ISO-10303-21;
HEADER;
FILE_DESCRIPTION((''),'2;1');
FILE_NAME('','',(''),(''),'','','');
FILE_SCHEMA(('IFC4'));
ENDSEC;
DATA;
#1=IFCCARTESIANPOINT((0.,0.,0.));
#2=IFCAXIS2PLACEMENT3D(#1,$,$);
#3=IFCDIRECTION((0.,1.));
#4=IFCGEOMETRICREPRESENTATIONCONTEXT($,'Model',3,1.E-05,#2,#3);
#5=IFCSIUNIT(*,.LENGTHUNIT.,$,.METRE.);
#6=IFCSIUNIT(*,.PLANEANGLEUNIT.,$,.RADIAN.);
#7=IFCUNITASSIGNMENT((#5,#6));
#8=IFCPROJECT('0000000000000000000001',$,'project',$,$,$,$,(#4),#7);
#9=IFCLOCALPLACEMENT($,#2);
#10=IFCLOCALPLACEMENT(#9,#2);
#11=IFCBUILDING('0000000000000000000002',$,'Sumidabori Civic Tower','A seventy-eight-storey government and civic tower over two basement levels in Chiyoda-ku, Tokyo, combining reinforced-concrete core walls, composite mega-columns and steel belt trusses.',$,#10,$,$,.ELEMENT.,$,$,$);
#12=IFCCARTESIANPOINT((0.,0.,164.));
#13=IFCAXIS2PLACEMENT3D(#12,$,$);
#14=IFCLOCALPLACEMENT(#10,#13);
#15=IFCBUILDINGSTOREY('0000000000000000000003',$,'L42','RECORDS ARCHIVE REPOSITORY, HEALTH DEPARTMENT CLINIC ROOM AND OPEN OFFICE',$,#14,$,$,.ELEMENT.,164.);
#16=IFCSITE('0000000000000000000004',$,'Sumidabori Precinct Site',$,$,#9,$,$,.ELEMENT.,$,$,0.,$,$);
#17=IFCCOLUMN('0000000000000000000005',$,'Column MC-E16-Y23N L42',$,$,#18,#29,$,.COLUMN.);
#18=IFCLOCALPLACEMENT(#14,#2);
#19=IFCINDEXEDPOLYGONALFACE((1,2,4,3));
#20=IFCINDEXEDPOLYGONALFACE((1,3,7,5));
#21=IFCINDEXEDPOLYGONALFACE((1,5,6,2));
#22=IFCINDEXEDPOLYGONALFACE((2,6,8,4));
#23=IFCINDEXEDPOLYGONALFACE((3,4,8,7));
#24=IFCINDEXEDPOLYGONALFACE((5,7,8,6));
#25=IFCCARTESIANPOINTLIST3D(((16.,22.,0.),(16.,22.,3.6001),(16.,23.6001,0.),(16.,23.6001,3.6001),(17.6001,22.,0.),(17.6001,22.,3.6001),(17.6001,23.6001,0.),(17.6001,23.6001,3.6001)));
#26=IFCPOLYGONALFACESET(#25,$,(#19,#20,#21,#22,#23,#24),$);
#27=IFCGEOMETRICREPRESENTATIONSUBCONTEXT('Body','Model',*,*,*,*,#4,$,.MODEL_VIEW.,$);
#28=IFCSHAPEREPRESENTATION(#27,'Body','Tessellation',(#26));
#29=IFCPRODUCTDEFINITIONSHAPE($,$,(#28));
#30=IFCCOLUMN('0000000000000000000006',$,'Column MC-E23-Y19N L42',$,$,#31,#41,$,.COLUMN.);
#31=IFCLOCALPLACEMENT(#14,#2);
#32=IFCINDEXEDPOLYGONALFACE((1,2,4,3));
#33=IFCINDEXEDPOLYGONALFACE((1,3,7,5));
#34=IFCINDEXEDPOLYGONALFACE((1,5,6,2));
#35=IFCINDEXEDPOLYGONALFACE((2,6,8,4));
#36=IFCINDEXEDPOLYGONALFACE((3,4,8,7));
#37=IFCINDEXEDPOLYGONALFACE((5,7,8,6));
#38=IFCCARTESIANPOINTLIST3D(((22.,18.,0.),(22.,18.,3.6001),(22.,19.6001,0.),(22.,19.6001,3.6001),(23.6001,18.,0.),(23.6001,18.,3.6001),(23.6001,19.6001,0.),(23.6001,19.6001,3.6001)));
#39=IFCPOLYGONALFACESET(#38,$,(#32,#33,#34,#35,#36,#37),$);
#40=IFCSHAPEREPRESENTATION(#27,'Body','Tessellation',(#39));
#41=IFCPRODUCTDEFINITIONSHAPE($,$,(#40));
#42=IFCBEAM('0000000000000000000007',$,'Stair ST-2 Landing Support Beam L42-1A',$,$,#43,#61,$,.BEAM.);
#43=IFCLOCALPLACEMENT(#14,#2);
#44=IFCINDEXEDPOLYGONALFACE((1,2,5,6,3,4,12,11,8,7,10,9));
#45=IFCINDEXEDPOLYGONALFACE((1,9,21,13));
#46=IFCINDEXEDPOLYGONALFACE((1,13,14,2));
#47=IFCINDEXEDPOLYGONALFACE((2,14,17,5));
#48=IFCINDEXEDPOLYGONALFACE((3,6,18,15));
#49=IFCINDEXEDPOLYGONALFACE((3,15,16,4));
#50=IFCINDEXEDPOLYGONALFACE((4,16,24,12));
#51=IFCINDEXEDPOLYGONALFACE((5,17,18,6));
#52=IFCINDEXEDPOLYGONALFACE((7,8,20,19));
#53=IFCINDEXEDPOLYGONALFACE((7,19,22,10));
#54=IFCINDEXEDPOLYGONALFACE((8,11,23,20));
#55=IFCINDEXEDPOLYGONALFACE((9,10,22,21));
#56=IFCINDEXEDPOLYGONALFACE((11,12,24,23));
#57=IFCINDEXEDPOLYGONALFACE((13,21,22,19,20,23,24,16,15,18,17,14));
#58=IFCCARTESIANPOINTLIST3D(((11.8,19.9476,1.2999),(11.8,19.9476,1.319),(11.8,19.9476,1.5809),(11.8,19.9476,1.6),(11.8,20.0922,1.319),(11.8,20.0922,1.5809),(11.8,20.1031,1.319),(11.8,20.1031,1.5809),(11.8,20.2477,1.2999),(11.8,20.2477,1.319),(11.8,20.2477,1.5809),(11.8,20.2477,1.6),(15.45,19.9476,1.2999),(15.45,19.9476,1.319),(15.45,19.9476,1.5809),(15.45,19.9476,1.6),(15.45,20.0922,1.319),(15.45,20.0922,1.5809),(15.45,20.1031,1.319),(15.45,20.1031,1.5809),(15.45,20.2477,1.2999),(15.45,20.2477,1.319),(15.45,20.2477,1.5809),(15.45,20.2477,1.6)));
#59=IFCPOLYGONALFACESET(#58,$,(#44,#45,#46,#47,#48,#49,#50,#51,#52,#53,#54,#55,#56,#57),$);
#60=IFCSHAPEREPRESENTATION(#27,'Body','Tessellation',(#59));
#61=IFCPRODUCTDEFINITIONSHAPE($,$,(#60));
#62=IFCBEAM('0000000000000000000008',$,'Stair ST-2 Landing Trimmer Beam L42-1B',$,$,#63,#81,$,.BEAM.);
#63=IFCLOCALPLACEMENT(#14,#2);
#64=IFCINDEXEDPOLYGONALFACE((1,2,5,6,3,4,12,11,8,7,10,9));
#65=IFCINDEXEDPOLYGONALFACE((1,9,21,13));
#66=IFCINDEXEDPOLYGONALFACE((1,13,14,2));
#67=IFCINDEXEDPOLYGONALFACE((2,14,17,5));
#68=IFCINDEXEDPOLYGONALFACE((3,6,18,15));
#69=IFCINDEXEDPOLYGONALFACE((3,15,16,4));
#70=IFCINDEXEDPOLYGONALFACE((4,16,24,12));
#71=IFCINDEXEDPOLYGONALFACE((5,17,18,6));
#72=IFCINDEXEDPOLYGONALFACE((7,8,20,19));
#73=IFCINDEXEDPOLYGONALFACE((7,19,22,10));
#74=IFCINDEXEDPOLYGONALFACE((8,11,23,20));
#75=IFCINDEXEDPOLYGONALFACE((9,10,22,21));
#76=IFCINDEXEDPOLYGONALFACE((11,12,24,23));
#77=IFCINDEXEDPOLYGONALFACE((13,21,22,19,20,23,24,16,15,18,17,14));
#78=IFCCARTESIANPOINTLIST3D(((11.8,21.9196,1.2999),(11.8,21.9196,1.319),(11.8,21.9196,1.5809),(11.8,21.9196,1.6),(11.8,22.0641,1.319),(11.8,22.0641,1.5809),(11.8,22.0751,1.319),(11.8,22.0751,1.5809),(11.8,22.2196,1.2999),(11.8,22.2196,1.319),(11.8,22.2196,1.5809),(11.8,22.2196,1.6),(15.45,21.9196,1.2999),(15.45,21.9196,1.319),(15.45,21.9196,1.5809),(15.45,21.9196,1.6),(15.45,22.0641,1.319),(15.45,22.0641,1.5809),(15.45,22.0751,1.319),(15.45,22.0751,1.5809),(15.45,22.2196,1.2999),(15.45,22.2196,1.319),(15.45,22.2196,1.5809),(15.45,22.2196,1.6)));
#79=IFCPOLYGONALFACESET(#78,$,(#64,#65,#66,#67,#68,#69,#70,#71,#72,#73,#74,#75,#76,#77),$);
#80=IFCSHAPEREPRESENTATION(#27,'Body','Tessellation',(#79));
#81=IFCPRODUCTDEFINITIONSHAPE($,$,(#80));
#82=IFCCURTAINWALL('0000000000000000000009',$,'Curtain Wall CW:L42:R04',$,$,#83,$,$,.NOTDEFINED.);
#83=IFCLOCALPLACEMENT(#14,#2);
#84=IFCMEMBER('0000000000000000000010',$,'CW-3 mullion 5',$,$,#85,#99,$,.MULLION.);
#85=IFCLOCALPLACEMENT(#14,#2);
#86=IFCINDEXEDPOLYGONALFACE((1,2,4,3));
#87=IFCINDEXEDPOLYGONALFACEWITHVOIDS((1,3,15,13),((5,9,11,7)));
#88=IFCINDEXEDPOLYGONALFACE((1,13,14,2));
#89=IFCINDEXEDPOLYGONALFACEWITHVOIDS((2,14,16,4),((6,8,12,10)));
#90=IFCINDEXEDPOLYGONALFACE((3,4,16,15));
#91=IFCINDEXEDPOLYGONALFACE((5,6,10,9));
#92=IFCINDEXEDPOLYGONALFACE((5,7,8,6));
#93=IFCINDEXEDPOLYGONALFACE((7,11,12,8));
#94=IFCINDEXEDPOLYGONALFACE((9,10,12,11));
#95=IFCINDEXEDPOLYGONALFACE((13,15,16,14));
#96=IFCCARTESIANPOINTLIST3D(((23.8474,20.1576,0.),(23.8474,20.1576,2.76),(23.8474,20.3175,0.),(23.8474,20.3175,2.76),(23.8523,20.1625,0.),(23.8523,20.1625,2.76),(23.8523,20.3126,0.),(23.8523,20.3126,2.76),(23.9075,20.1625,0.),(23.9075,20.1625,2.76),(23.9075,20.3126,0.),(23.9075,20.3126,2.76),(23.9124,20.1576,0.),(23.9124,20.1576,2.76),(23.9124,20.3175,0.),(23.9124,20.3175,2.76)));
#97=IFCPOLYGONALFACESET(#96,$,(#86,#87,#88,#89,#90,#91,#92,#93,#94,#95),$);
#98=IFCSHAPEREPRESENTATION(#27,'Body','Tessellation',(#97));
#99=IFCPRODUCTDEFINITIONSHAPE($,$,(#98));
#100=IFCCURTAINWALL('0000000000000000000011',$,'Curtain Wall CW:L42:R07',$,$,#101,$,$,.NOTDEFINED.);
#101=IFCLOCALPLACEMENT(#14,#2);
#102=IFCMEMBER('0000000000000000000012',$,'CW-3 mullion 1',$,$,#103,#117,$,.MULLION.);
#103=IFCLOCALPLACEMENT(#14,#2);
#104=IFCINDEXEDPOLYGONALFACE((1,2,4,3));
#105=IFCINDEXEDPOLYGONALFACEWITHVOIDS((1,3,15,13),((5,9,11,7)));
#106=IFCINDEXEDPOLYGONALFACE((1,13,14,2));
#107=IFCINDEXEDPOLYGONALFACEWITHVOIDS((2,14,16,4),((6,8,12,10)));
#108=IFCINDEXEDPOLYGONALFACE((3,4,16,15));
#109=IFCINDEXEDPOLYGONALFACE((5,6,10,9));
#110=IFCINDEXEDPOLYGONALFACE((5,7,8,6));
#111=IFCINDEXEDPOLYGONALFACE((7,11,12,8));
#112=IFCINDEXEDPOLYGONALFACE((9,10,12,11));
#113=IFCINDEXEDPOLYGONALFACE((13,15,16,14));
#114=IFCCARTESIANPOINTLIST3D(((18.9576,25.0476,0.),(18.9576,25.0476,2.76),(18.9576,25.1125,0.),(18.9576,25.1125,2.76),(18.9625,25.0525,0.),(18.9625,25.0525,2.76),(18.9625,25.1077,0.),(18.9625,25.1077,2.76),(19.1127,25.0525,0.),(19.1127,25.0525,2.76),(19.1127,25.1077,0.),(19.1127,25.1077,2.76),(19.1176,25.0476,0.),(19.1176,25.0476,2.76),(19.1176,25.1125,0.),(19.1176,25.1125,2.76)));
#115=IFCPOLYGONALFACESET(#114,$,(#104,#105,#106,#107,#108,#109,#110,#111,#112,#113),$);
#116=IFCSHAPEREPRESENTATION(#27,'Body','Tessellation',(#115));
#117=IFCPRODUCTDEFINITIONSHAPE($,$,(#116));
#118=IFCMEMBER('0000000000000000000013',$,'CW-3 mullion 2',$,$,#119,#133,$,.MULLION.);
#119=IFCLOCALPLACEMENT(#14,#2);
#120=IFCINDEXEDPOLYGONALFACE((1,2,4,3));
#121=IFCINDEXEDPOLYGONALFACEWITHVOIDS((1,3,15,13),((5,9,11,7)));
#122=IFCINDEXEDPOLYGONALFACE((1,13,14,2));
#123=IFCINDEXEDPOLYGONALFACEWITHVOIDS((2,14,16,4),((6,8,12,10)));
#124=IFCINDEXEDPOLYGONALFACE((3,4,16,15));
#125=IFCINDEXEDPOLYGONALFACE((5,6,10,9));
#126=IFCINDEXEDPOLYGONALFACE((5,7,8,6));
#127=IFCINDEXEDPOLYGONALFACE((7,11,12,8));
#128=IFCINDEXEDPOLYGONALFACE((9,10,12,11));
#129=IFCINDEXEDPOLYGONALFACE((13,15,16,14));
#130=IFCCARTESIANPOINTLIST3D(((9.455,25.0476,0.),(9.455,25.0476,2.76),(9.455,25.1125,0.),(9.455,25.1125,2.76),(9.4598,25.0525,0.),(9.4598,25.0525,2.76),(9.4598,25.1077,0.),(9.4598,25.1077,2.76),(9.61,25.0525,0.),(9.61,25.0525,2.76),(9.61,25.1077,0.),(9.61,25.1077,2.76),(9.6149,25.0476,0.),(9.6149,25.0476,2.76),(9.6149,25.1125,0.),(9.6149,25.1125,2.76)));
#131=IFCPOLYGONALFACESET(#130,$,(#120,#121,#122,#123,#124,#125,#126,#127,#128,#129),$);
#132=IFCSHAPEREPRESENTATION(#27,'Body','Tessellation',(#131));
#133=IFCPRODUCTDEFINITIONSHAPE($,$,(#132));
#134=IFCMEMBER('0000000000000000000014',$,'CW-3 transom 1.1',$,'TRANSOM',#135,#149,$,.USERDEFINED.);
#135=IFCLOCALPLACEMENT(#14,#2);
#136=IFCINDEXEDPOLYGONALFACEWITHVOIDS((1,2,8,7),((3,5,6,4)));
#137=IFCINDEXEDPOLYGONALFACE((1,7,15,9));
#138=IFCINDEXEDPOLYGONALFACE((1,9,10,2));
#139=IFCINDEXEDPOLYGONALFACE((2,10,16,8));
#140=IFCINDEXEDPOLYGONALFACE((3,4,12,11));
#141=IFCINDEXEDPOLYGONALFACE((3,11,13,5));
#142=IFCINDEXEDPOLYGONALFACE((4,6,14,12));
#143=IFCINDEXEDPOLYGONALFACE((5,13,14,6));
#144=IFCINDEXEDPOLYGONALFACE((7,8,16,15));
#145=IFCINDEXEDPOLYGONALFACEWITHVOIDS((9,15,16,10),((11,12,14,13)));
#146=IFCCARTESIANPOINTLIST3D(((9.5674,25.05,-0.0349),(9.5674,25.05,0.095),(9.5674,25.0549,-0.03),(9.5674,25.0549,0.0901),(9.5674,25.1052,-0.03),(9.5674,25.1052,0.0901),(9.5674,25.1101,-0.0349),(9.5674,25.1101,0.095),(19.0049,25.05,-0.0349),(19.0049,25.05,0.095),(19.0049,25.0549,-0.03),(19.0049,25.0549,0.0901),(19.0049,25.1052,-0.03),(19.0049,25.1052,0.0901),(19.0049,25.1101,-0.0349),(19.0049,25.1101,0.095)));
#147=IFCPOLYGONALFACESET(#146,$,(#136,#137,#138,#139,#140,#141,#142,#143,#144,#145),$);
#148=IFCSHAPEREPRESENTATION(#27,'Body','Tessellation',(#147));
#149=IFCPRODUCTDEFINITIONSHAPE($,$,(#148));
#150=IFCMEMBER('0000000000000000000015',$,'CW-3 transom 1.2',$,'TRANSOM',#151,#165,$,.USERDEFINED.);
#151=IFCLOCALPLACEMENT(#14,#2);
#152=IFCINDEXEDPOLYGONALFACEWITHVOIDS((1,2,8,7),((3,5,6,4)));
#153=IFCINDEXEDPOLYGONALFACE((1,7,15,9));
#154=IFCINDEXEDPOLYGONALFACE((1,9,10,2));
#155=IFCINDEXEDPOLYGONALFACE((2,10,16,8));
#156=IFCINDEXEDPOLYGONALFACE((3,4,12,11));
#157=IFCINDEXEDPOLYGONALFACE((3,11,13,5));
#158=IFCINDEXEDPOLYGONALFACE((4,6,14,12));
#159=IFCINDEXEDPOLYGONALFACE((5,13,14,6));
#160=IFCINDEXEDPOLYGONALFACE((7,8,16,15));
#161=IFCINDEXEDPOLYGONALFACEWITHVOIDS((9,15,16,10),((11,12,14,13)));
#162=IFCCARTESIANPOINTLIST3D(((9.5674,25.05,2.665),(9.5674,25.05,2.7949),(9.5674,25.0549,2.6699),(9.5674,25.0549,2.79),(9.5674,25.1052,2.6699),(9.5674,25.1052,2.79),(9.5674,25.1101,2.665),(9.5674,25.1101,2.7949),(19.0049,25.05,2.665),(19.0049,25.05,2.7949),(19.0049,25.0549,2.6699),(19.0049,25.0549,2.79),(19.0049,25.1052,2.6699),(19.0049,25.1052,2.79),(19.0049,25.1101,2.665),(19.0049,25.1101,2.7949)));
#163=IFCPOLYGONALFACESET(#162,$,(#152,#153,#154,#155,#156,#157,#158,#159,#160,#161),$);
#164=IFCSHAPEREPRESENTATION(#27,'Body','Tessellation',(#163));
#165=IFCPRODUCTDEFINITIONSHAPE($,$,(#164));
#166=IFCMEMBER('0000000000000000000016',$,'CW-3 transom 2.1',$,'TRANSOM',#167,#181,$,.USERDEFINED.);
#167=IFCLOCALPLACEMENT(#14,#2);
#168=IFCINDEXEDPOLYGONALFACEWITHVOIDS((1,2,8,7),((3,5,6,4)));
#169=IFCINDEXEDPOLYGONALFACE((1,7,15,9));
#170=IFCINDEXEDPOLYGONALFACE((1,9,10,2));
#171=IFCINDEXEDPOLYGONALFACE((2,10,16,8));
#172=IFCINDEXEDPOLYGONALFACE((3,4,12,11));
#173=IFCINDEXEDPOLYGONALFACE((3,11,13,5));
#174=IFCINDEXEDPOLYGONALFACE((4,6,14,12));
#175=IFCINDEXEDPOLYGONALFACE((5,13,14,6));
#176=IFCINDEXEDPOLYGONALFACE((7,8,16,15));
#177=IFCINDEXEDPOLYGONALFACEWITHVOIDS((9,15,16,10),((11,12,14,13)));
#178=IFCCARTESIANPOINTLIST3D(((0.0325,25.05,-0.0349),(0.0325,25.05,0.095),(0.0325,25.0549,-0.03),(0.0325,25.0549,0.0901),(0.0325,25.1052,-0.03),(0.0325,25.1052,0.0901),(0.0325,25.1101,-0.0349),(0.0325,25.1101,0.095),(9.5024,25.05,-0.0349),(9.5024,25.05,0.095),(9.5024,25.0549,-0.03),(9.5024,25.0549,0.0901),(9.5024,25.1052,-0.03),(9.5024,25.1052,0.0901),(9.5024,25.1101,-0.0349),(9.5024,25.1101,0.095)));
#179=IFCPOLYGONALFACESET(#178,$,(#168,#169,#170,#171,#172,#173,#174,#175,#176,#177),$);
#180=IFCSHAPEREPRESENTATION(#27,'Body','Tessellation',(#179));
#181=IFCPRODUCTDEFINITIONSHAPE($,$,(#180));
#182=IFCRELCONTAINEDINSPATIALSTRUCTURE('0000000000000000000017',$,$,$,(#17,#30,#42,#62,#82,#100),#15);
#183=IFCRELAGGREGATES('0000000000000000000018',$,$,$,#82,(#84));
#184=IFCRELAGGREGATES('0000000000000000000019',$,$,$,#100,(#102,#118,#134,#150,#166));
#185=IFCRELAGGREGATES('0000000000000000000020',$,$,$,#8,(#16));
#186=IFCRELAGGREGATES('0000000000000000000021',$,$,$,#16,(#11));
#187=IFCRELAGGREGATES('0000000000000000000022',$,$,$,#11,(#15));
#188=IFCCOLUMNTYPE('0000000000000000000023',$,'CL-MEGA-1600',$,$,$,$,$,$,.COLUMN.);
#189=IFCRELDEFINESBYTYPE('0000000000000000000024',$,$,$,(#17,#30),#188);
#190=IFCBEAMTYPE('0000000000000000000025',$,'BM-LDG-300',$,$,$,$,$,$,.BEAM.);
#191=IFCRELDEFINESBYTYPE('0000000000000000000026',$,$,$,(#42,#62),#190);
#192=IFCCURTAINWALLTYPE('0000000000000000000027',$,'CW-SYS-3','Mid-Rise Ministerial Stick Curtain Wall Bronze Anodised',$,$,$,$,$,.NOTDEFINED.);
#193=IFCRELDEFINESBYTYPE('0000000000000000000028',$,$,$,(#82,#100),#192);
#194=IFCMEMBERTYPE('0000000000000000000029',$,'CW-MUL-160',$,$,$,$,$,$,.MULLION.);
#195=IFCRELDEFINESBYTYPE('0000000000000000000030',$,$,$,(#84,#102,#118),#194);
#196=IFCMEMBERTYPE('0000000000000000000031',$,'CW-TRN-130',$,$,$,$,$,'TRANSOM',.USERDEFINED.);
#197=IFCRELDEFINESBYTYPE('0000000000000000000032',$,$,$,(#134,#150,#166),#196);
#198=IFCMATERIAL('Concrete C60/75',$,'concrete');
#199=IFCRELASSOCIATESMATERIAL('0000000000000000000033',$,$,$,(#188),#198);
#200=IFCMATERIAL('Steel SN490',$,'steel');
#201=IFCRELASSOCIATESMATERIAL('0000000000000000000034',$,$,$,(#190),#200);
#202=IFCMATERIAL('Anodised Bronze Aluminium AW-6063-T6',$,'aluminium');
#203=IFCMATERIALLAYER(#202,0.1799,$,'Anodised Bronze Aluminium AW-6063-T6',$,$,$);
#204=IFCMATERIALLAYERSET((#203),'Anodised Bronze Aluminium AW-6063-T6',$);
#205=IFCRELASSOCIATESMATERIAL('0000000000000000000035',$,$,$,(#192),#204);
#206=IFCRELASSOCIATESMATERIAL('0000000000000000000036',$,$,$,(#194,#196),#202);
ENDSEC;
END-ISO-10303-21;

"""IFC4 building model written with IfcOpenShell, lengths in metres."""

from ifc_helpers import new_model, si_unit, direction, frame, origin, origin_2d, place, context, subcontext, project, spatial, rectangle, hollow_rectangle, i_section, extrude, source, transform, mapped, material, layer, layer_set, material_profile, profile_set, type_object, element, aggregate, save


model = new_model("IFC4")

# Units and contexts
model_context = context("Model", 3, precision=1e-05, world=origin(), true_north=direction((0.0, 1.0)))
body_context = subcontext(model_context, "Body", "Model", "MODEL_VIEW")
ifc_project = project(units=[si_unit("LENGTHUNIT", "METRE"), si_unit("PLANEANGLEUNIT", "RADIAN")], contexts=[model_context])

# Site, building, storey
site_placement = place(None, origin())
site = spatial("IfcSite", under=ifc_project, at=site_placement, Name="Sumidabori Precinct Site", CompositionType="ELEMENT", RefElevation=0.0)
building_placement = place(site_placement, origin())
building = spatial("IfcBuilding", under=site, at=building_placement, Name="Sumidabori Civic Tower", Description="A seventy-eight-storey government and civic tower over two basement levels in Chiyoda-ku, Tokyo, combining reinforced-concrete core walls, composite mega-columns and steel belt trusses.", CompositionType="ELEMENT")
storey_placement = place(building_placement, frame((0.0, 0.0, 164.0)))
storey = spatial("IfcBuildingStorey", under=building, at=storey_placement, Name="L42", Description="RECORDS ARCHIVE REPOSITORY, HEALTH DEPARTMENT CLINIC ROOM AND OPEN OFFICE", CompositionType="ELEMENT", Elevation=164.0)

# Columns
ifc_material_1 = material(Name="Concrete C60/75", Category="concrete")
ifc_material_profile_1 = material_profile(ifc_material_1, rectangle(XDim=1.6001, YDim=1.6001, at=origin_2d()), Name="RC 1600x1600")
ifc_profile_set_1 = profile_set([ifc_material_profile_1], Name="Concrete C60/75")
column_type = type_object("IfcColumnType", Name="CL-MEGA-1600", PredefinedType="COLUMN", material=ifc_profile_set_1)
shared_shape_1 = source(origin(), body_context, "Body", "SweptSolid", [
    extrude(rectangle(XDim=1.6001, YDim=1.6001, at=origin_2d()), origin(), (0.0, 0.0, 1.0), 3.6001),
])
for number, where, z_axis, x_axis, name in (
    (1, (16.8, 22.8, 0.0), (0.0, 0.0, 1.0), (1.0, 0.0, 0.0), "Column MC-E16-Y23N L42"),
    (2, (22.8, 18.8, 0.0), (0.0, 0.0, 1.0), (1.0, 0.0, 0.0), "Column MC-E23-Y19N L42"),
):
    element("IfcColumn", number, at=place(storey_placement, frame(where, z_axis=z_axis, x_axis=x_axis)), inside=storey, type_object=column_type, Name=name, PredefinedType="COLUMN", context=body_context, shape_type="MappedRepresentation", body=[
        mapped(shared_shape_1, transform((0.0, 0.0, 0.0), x_axis=(1.0, 0.0, 0.0), y_axis=(0.0, 1.0, 0.0), z_axis=(0.0, 0.0, 1.0), scale=1.0)),
    ])

# Beams
ifc_material_2 = material(Name="Steel SN490", Category="steel")
ifc_material_profile_2 = material_profile(ifc_material_2, i_section(OverallWidth=0.3, OverallDepth=0.3, WebThickness=0.011, FlangeThickness=0.019, at=origin_2d()), Name="HE 300 B")
ifc_profile_set_2 = profile_set([ifc_material_profile_2], Name="Steel SN490")
beam_type = type_object("IfcBeamType", Name="BM-LDG-300", PredefinedType="BEAM", material=ifc_profile_set_2)
shared_shape_2 = source(origin(), body_context, "Body", "SweptSolid", [
    extrude(i_section(OverallWidth=0.3, OverallDepth=0.3, WebThickness=0.011, FlangeThickness=0.019, at=origin_2d()), origin(), (0.0, 0.0, 1.0), 3.6499),
])
for number, where, z_axis, x_axis, name in (
    (3, (11.8, 20.0977, 1.45), (1.0, 0.0, 0.0), (0.0, 1.0, 0.0), "Stair ST-2 Landing Support Beam L42-1A"),
    (4, (11.8, 22.0696, 1.45), (1.0, 0.0, 0.0), (0.0, 1.0, 0.0), "Stair ST-2 Landing Trimmer Beam L42-1B"),
):
    element("IfcBeam", number, at=place(storey_placement, frame(where, z_axis=z_axis, x_axis=x_axis)), inside=storey, type_object=beam_type, Name=name, PredefinedType="BEAM", context=body_context, shape_type="MappedRepresentation", body=[
        mapped(shared_shape_2, transform((0.0, 0.0, 0.0), x_axis=(1.0, 0.0, 0.0), y_axis=(0.0, 1.0, 0.0), z_axis=(0.0, 0.0, 1.0), scale=1.0)),
    ])

# Curtain wall, member
ifc_material_3 = material(Name="Anodised Bronze Aluminium AW-6063-T6", Category="aluminium")
ifc_layer_1 = layer(ifc_material_3, 0.1799, Name="Anodised Bronze Aluminium AW-6063-T6")
ifc_layer_set_1 = layer_set([ifc_layer_1], Name="Anodised Bronze Aluminium AW-6063-T6")
curtain_wall_type = type_object("IfcCurtainWallType", Name="CW-SYS-3", Description="Mid-Rise Ministerial Stick Curtain Wall Bronze Anodised", PredefinedType="NOTDEFINED", material=ifc_layer_set_1)
curtain_wall_1_placement = place(storey_placement, origin())
curtain_wall_1 = element("IfcCurtainWall", 5, at=curtain_wall_1_placement, inside=storey, type_object=curtain_wall_type, Name="Curtain Wall CW:L42:R04", PredefinedType="NOTDEFINED")
ifc_material_profile_3 = material_profile(ifc_material_3, hollow_rectangle(XDim=0.0649, YDim=0.1599, WallThickness=0.0049, at=origin_2d()), Name="ALU MULLION 160x65")
ifc_profile_set_3 = profile_set([ifc_material_profile_3], Name="Anodised Bronze Aluminium AW-6063-T6")
member_type_1 = type_object("IfcMemberType", Name="CW-MUL-160", PredefinedType="MULLION", material=ifc_profile_set_3)
shared_shape_3 = source(origin(), body_context, "Body", "SweptSolid", [
    extrude(hollow_rectangle(XDim=0.0649, YDim=0.1599, WallThickness=0.0049, at=origin_2d()), origin(), (0.0, 0.0, 1.0), 2.76),
])
member_1_placement = place(storey_placement, frame((23.8799, 20.2375, 0.0), z_axis=(0.0, 0.0, 1.0), x_axis=(-1.0, 0.0, 0.0)))
member_1 = element("IfcMember", 6, at=member_1_placement, type_object=member_type_1, Name="CW-3 mullion 5", PredefinedType="MULLION", context=body_context, shape_type="MappedRepresentation", body=[
    mapped(shared_shape_3, transform((0.0, 0.0, 0.0), x_axis=(1.0, 0.0, 0.0), y_axis=(0.0, 1.0, 0.0), z_axis=(0.0, 0.0, 1.0), scale=1.0)),
])
aggregate(curtain_wall_1, [member_1])

# Curtain wall, members
curtain_wall_2_placement = place(storey_placement, origin())
curtain_wall_2 = element("IfcCurtainWall", 7, at=curtain_wall_2_placement, inside=storey, type_object=curtain_wall_type, Name="Curtain Wall CW:L42:R07", PredefinedType="NOTDEFINED")
member_2_placement = place(storey_placement, frame((19.0376, 25.0801, 0.0), z_axis=(0.0, 0.0, 1.0), x_axis=(0.0, -1.0, 0.0)))
member_2 = element("IfcMember", 8, at=member_2_placement, type_object=member_type_1, Name="CW-3 mullion 1", PredefinedType="MULLION", context=body_context, shape_type="MappedRepresentation", body=[
    mapped(shared_shape_3, transform((0.0, 0.0, 0.0), x_axis=(1.0, 0.0, 0.0), y_axis=(0.0, 1.0, 0.0), z_axis=(0.0, 0.0, 1.0), scale=1.0)),
])
member_3_placement = place(storey_placement, frame((9.5349, 25.0801, 0.0), z_axis=(0.0, 0.0, 1.0), x_axis=(0.0, -1.0, 0.0)))
member_3 = element("IfcMember", 9, at=member_3_placement, type_object=member_type_1, Name="CW-3 mullion 2", PredefinedType="MULLION", context=body_context, shape_type="MappedRepresentation", body=[
    mapped(shared_shape_3, transform((0.0, 0.0, 0.0), x_axis=(1.0, 0.0, 0.0), y_axis=(0.0, 1.0, 0.0), z_axis=(0.0, 0.0, 1.0), scale=1.0)),
])
ifc_material_profile_4 = material_profile(ifc_material_3, hollow_rectangle(XDim=0.0601, YDim=0.1299, WallThickness=0.0049, at=origin_2d()), Name="ALU TRANSOM 130x60")
ifc_profile_set_4 = profile_set([ifc_material_profile_4], Name="Anodised Bronze Aluminium AW-6063-T6")
member_type_2 = type_object("IfcMemberType", Name="CW-TRN-130", ElementType="TRANSOM", PredefinedType="USERDEFINED", material=ifc_profile_set_4)
shared_shape_4 = source(origin(), body_context, "Body", "SweptSolid", [
    extrude(hollow_rectangle(XDim=0.0601, YDim=0.1299, WallThickness=0.0049, at=origin_2d()), origin(), (0.0, 0.0, 1.0), 9.4375),
])
member_4_placement = place(storey_placement, frame((19.0049, 25.0801, 0.03), z_axis=(-1.0, 0.0, 0.0), x_axis=(0.0, -1.0, 0.0)))
member_4 = element("IfcMember", 10, at=member_4_placement, type_object=member_type_2, Name="CW-3 transom 1.1", ObjectType="TRANSOM", PredefinedType="USERDEFINED", context=body_context, shape_type="MappedRepresentation", body=[
    mapped(shared_shape_4, transform((0.0, 0.0, 0.0), x_axis=(1.0, 0.0, 0.0), y_axis=(0.0, 1.0, 0.0), z_axis=(0.0, 0.0, 1.0), scale=1.0)),
])
member_5_placement = place(storey_placement, frame((19.0049, 25.0801, 2.73), z_axis=(-1.0, 0.0, 0.0), x_axis=(0.0, -1.0, 0.0)))
member_5 = element("IfcMember", 11, at=member_5_placement, type_object=member_type_2, Name="CW-3 transom 1.2", ObjectType="TRANSOM", PredefinedType="USERDEFINED", context=body_context, shape_type="MappedRepresentation", body=[
    mapped(shared_shape_4, transform((0.0, 0.0, 0.0), x_axis=(1.0, 0.0, 0.0), y_axis=(0.0, 1.0, 0.0), z_axis=(0.0, 0.0, 1.0), scale=1.0)),
])
shared_shape_5 = source(origin(), body_context, "Body", "SweptSolid", [
    extrude(hollow_rectangle(XDim=0.0601, YDim=0.1299, WallThickness=0.0049, at=origin_2d()), origin(), (0.0, 0.0, 1.0), 9.47),
])
member_6_placement = place(storey_placement, frame((9.5024, 25.0801, 0.03), z_axis=(-1.0, 0.0, 0.0), x_axis=(0.0, -1.0, 0.0)))
member_6 = element("IfcMember", 12, at=member_6_placement, type_object=member_type_2, Name="CW-3 transom 2.1", ObjectType="TRANSOM", PredefinedType="USERDEFINED", context=body_context, shape_type="MappedRepresentation", body=[
    mapped(shared_shape_5, transform((0.0, 0.0, 0.0), x_axis=(1.0, 0.0, 0.0), y_axis=(0.0, 1.0, 0.0), z_axis=(0.0, 0.0, 1.0), scale=1.0)),
])
aggregate(curtain_wall_2, [member_2, member_3, member_4, member_5, member_6])

save(model, "model.ifc")
